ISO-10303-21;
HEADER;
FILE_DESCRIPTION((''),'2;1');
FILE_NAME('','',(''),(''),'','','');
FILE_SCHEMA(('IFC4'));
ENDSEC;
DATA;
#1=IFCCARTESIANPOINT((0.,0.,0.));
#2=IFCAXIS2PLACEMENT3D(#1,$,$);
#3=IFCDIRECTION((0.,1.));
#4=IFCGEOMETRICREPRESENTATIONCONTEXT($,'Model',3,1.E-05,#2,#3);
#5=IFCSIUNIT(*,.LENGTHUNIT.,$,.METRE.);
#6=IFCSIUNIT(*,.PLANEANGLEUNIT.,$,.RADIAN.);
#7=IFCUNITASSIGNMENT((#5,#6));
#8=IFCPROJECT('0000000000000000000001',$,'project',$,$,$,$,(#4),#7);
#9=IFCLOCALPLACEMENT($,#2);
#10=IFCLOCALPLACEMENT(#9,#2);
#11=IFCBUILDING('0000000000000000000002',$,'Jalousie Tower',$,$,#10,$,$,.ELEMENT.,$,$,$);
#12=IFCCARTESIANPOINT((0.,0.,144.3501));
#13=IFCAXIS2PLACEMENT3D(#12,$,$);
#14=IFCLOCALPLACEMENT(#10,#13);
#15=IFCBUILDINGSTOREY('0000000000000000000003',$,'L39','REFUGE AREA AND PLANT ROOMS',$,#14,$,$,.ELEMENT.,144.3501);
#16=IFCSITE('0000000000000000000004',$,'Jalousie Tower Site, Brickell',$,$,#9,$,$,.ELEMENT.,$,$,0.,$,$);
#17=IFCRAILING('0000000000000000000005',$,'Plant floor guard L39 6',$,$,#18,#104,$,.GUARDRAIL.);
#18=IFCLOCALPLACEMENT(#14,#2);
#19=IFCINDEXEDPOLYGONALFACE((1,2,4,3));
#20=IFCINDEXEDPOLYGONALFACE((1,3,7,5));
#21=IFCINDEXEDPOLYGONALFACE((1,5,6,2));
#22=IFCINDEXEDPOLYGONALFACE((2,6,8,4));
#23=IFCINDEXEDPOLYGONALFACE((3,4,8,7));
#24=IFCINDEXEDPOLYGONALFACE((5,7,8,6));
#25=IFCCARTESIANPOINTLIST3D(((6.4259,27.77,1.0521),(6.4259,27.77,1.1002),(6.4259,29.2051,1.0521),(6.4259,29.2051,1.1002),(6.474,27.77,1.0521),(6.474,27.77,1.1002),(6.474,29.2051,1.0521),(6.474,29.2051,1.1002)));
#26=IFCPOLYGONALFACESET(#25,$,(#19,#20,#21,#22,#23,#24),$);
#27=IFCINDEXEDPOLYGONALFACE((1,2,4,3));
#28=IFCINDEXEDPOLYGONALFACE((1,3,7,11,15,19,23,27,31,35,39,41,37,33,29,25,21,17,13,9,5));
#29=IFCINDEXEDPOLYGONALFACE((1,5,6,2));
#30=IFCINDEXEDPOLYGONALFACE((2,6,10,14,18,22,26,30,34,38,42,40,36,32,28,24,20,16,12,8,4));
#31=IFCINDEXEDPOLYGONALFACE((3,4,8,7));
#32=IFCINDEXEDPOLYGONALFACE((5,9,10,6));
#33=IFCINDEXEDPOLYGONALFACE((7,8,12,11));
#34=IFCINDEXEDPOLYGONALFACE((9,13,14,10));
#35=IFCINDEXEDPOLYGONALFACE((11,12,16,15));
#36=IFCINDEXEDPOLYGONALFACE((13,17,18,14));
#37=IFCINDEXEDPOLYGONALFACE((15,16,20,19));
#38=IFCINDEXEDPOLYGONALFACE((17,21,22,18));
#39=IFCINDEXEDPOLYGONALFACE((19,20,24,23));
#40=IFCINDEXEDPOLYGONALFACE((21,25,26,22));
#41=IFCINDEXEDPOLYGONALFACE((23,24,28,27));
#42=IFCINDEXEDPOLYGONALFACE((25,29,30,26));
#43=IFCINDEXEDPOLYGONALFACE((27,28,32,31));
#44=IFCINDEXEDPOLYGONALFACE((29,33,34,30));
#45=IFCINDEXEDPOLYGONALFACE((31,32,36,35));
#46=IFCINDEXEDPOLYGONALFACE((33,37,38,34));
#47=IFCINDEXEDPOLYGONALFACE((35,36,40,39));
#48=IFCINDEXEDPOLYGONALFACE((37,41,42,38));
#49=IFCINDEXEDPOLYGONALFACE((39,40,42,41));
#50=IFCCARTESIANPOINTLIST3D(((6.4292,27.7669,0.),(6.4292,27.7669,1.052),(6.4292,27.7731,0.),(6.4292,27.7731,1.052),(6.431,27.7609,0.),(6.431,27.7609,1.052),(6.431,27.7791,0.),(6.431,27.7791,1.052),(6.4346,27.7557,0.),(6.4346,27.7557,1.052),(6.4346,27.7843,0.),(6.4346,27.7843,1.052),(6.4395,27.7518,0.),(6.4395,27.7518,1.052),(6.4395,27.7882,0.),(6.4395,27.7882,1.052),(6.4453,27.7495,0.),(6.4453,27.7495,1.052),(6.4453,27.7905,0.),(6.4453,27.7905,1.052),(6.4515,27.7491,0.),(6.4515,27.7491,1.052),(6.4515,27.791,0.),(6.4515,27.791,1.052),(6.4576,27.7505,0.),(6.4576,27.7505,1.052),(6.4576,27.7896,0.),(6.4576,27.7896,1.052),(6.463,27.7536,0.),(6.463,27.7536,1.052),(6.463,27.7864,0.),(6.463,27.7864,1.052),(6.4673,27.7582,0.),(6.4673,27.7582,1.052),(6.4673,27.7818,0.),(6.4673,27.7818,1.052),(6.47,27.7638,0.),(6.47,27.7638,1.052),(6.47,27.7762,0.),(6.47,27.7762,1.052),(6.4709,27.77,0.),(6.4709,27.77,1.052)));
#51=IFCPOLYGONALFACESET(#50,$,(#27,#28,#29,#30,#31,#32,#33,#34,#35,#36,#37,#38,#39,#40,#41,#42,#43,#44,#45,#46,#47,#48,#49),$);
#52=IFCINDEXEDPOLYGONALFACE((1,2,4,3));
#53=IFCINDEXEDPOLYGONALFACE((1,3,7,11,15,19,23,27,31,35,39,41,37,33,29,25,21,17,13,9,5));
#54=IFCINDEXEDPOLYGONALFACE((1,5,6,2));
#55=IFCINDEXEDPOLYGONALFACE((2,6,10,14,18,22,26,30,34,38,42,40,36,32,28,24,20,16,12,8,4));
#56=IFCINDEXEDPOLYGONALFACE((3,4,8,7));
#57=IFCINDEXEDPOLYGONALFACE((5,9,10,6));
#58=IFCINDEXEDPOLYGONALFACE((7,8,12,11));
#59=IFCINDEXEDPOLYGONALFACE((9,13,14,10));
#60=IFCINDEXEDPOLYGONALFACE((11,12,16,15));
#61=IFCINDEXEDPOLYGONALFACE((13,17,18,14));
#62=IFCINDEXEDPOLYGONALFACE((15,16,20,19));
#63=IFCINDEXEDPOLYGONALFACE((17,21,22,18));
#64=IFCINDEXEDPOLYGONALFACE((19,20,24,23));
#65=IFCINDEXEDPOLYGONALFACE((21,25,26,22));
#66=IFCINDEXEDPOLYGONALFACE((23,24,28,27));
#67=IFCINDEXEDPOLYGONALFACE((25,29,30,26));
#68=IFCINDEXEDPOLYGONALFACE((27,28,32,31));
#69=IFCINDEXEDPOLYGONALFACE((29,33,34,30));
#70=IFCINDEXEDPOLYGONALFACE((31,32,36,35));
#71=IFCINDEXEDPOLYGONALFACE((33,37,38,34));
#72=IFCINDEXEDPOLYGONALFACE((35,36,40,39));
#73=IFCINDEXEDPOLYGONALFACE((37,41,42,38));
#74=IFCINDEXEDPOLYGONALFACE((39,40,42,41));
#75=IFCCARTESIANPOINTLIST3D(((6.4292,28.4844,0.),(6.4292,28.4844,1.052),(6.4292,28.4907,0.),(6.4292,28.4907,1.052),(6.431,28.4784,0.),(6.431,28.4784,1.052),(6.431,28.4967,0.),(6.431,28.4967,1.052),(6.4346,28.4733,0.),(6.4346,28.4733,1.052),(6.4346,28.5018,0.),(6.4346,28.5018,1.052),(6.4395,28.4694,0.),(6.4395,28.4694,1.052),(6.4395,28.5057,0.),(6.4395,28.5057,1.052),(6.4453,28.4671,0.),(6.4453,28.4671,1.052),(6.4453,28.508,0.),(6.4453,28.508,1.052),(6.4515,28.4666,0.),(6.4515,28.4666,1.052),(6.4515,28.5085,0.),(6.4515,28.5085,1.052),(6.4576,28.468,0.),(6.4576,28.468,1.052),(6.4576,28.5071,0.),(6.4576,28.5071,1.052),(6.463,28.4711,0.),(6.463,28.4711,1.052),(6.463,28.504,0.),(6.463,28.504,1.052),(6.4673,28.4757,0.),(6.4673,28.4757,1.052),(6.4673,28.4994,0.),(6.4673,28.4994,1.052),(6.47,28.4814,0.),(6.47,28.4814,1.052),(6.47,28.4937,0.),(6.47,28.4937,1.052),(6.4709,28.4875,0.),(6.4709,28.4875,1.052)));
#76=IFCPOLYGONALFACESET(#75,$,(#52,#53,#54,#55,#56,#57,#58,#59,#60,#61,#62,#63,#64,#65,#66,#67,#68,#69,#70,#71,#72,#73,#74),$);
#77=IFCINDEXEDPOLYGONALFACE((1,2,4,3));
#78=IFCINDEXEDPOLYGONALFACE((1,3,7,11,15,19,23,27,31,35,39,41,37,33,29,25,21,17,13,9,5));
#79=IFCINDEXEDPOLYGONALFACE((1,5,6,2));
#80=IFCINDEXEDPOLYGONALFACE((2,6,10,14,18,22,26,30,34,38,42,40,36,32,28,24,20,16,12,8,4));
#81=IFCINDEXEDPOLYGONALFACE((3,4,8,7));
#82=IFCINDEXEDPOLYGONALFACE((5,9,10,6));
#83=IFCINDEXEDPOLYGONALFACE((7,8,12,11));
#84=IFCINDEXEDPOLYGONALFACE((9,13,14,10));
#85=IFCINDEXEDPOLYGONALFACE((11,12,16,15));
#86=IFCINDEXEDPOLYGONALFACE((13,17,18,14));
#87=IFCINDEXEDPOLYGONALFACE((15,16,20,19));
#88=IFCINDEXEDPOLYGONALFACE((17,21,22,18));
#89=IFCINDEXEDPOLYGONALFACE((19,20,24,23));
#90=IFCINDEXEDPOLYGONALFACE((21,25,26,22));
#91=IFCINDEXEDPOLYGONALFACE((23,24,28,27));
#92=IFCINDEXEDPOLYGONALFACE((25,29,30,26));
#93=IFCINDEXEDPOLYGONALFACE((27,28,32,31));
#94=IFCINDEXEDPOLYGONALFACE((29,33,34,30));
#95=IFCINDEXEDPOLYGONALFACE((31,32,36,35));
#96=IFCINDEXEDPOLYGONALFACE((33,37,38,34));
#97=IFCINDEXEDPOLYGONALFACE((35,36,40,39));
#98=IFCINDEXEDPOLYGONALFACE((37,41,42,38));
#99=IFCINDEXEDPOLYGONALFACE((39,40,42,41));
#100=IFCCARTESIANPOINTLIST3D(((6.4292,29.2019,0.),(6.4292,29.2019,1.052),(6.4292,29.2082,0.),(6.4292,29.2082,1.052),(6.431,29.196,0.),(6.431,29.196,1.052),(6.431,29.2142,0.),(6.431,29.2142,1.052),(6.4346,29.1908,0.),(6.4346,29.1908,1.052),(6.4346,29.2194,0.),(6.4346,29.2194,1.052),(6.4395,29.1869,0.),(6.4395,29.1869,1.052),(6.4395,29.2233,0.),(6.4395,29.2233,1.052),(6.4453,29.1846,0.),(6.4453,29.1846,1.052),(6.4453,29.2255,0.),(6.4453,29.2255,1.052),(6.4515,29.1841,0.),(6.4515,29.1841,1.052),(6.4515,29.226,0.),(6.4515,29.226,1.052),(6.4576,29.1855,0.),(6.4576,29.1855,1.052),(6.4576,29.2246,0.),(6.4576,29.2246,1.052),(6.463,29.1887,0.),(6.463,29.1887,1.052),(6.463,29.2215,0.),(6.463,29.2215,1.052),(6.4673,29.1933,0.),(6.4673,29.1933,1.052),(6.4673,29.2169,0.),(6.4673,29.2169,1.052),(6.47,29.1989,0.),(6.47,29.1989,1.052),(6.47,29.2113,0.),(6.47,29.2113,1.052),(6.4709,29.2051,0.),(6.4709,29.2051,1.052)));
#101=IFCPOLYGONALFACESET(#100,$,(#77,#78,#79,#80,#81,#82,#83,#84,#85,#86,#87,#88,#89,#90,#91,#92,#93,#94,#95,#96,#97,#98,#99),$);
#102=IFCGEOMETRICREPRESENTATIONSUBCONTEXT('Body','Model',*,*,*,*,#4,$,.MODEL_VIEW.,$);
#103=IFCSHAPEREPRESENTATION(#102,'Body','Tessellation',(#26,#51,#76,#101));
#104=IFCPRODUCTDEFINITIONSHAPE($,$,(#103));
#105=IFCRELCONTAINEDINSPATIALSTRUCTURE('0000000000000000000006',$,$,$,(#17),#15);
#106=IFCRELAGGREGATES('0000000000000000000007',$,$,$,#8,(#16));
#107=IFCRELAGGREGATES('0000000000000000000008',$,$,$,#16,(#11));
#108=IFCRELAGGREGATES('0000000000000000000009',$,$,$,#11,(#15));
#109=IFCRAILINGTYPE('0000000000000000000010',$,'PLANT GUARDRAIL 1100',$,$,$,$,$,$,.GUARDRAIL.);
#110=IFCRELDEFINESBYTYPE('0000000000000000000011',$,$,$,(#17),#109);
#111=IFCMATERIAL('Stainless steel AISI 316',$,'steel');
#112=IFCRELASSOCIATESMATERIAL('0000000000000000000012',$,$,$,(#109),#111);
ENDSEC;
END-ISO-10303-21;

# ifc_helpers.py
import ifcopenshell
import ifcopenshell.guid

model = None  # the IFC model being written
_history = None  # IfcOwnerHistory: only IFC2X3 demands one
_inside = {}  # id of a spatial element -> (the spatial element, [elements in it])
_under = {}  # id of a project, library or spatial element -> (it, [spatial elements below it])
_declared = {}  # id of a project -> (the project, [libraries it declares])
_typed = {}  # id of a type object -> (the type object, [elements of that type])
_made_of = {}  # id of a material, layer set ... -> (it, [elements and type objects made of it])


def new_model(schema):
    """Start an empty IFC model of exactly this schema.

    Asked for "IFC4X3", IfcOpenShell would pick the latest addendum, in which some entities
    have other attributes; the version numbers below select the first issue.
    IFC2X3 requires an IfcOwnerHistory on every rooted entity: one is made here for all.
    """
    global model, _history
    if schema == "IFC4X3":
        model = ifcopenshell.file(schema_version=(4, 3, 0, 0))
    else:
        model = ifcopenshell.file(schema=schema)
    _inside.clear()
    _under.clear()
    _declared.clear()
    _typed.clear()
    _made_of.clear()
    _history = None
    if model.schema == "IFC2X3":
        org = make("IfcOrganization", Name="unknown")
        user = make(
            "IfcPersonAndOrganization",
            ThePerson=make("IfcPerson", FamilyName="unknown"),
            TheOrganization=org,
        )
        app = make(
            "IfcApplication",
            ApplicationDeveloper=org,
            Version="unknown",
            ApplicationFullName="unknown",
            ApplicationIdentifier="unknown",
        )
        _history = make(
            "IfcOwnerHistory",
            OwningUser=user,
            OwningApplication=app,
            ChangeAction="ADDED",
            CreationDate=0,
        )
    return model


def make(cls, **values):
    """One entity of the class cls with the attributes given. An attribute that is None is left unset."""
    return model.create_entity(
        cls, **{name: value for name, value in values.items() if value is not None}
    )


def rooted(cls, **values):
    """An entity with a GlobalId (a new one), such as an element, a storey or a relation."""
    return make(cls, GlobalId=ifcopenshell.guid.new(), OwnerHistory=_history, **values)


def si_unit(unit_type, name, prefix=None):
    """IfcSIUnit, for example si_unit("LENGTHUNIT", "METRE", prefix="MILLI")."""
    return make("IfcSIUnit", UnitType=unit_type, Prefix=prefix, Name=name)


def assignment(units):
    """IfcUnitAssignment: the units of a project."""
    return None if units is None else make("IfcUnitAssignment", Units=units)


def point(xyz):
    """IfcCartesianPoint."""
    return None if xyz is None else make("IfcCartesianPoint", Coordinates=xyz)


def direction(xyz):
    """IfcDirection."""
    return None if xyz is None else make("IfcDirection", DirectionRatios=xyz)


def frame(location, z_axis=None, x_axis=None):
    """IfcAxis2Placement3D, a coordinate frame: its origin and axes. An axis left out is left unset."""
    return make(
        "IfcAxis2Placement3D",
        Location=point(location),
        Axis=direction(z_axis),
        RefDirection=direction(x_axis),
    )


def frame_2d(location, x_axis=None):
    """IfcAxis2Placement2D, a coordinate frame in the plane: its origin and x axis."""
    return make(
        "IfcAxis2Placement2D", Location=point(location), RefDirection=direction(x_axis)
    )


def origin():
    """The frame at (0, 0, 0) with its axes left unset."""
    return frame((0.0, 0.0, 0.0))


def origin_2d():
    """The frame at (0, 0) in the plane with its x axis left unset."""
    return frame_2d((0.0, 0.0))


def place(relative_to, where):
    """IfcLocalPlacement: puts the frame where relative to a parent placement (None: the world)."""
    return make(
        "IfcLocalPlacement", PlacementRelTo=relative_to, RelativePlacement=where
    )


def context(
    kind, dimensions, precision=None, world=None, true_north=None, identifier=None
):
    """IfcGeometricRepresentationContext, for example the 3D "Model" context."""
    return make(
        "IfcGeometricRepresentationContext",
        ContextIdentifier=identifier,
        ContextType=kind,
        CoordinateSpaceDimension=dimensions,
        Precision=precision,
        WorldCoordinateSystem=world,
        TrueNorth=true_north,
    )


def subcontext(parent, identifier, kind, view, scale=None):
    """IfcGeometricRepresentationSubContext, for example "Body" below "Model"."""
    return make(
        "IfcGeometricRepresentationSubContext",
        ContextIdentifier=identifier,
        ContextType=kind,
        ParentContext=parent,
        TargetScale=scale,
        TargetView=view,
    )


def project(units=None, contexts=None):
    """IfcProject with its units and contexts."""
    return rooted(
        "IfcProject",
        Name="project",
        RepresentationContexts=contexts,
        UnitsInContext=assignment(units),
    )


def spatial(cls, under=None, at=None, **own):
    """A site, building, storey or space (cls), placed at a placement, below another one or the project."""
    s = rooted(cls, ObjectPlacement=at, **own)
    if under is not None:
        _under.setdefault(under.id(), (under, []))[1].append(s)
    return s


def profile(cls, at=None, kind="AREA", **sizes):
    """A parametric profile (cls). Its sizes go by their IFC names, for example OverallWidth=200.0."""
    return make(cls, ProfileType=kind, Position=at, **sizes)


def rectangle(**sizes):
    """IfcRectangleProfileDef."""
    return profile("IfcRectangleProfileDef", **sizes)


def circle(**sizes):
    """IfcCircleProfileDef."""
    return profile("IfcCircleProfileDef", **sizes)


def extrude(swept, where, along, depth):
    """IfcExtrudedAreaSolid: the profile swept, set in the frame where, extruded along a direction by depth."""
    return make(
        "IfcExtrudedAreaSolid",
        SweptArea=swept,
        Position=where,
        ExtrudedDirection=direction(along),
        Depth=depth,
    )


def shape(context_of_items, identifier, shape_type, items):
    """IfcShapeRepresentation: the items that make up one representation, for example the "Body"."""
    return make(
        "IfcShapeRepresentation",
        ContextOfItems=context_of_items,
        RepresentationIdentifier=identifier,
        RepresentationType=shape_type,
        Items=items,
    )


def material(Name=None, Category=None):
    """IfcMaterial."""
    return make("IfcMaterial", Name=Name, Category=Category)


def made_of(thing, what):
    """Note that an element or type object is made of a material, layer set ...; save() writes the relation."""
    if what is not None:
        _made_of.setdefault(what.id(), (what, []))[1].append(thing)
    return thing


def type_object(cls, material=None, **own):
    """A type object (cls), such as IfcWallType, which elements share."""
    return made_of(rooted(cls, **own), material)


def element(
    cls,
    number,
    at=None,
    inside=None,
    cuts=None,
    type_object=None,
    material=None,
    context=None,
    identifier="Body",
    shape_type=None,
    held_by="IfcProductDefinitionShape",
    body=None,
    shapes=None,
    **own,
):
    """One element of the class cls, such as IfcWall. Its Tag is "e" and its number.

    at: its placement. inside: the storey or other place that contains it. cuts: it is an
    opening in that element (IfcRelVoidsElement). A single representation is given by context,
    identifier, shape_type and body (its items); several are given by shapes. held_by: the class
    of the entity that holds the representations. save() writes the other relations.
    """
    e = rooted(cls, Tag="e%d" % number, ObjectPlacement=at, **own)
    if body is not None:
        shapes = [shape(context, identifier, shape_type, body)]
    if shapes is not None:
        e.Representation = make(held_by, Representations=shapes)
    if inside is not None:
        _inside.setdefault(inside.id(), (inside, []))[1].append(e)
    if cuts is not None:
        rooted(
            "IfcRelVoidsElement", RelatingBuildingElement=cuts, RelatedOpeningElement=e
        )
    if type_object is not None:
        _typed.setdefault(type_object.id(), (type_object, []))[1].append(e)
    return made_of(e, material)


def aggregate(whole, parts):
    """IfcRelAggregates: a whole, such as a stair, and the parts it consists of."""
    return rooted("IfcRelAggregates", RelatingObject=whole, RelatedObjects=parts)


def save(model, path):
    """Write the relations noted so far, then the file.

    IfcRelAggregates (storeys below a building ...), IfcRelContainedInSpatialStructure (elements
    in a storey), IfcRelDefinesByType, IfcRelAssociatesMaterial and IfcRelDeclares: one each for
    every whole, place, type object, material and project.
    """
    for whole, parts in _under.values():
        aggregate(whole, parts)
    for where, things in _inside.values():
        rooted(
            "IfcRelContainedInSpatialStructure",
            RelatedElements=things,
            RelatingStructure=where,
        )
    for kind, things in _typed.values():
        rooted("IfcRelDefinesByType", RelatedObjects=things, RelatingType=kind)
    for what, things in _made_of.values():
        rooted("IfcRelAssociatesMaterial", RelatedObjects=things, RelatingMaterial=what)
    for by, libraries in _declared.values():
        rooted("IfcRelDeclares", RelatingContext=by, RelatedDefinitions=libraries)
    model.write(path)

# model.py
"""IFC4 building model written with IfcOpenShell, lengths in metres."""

from ifc_helpers import new_model, si_unit, direction, frame, origin, origin_2d, place, context, subcontext, project, spatial, rectangle, circle, extrude, material, type_object, element, save


model = new_model("IFC4")

# Units and contexts
model_context = context("Model", 3, precision=1e-05, world=origin(), true_north=direction((0.0, 1.0)))
body_context = subcontext(model_context, "Body", "Model", "MODEL_VIEW")
ifc_project = project(units=[si_unit("LENGTHUNIT", "METRE"), si_unit("PLANEANGLEUNIT", "RADIAN")], contexts=[model_context])

# Site, building, storey
site_placement = place(None, origin())
site = spatial("IfcSite", under=ifc_project, at=site_placement, Name="Jalousie Tower Site, Brickell", CompositionType="ELEMENT", RefElevation=0.0)
building_placement = place(site_placement, origin())
building = spatial("IfcBuilding", under=site, at=building_placement, Name="Jalousie Tower", CompositionType="ELEMENT")
storey_placement = place(building_placement, frame((0.0, 0.0, 144.3501)))
storey = spatial("IfcBuildingStorey", under=building, at=storey_placement, Name="L39", Description="REFUGE AREA AND PLANT ROOMS", CompositionType="ELEMENT", Elevation=144.3501)

# Railing
ifc_material_1 = material(Name="Stainless steel AISI 316", Category="steel")
railing_type = type_object("IfcRailingType", Name="PLANT GUARDRAIL 1100", PredefinedType="GUARDRAIL", material=ifc_material_1)
railing_1_placement = place(storey_placement, frame((6.45, 27.77, 0.0)))
element("IfcRailing", 1, at=railing_1_placement, inside=storey, type_object=railing_type, Name="Plant floor guard L39 6", PredefinedType="GUARDRAIL", context=body_context, shape_type="SweptSolid", body=[
    extrude(rectangle(XDim=0.0481, YDim=0.0481, at=origin_2d()), frame((0.0, 0.0, 1.0762), z_axis=(0.0, 1.0, 0.0), x_axis=(-1.0, 0.0, 0.0)), (0.0, 0.0, 1.0), 1.4351),
    extrude(circle(Radius=0.021, at=origin_2d()), origin(), (0.0, 0.0, 1.0), 1.052),
    extrude(circle(Radius=0.021, at=origin_2d()), frame((0.0, 0.7175, 0.0)), (0.0, 0.0, 1.0), 1.052),
    extrude(circle(Radius=0.021, at=origin_2d()), frame((0.0, 1.4351, 0.0)), (0.0, 0.0, 1.0), 1.052),
])

save(model, "model.ifc")
